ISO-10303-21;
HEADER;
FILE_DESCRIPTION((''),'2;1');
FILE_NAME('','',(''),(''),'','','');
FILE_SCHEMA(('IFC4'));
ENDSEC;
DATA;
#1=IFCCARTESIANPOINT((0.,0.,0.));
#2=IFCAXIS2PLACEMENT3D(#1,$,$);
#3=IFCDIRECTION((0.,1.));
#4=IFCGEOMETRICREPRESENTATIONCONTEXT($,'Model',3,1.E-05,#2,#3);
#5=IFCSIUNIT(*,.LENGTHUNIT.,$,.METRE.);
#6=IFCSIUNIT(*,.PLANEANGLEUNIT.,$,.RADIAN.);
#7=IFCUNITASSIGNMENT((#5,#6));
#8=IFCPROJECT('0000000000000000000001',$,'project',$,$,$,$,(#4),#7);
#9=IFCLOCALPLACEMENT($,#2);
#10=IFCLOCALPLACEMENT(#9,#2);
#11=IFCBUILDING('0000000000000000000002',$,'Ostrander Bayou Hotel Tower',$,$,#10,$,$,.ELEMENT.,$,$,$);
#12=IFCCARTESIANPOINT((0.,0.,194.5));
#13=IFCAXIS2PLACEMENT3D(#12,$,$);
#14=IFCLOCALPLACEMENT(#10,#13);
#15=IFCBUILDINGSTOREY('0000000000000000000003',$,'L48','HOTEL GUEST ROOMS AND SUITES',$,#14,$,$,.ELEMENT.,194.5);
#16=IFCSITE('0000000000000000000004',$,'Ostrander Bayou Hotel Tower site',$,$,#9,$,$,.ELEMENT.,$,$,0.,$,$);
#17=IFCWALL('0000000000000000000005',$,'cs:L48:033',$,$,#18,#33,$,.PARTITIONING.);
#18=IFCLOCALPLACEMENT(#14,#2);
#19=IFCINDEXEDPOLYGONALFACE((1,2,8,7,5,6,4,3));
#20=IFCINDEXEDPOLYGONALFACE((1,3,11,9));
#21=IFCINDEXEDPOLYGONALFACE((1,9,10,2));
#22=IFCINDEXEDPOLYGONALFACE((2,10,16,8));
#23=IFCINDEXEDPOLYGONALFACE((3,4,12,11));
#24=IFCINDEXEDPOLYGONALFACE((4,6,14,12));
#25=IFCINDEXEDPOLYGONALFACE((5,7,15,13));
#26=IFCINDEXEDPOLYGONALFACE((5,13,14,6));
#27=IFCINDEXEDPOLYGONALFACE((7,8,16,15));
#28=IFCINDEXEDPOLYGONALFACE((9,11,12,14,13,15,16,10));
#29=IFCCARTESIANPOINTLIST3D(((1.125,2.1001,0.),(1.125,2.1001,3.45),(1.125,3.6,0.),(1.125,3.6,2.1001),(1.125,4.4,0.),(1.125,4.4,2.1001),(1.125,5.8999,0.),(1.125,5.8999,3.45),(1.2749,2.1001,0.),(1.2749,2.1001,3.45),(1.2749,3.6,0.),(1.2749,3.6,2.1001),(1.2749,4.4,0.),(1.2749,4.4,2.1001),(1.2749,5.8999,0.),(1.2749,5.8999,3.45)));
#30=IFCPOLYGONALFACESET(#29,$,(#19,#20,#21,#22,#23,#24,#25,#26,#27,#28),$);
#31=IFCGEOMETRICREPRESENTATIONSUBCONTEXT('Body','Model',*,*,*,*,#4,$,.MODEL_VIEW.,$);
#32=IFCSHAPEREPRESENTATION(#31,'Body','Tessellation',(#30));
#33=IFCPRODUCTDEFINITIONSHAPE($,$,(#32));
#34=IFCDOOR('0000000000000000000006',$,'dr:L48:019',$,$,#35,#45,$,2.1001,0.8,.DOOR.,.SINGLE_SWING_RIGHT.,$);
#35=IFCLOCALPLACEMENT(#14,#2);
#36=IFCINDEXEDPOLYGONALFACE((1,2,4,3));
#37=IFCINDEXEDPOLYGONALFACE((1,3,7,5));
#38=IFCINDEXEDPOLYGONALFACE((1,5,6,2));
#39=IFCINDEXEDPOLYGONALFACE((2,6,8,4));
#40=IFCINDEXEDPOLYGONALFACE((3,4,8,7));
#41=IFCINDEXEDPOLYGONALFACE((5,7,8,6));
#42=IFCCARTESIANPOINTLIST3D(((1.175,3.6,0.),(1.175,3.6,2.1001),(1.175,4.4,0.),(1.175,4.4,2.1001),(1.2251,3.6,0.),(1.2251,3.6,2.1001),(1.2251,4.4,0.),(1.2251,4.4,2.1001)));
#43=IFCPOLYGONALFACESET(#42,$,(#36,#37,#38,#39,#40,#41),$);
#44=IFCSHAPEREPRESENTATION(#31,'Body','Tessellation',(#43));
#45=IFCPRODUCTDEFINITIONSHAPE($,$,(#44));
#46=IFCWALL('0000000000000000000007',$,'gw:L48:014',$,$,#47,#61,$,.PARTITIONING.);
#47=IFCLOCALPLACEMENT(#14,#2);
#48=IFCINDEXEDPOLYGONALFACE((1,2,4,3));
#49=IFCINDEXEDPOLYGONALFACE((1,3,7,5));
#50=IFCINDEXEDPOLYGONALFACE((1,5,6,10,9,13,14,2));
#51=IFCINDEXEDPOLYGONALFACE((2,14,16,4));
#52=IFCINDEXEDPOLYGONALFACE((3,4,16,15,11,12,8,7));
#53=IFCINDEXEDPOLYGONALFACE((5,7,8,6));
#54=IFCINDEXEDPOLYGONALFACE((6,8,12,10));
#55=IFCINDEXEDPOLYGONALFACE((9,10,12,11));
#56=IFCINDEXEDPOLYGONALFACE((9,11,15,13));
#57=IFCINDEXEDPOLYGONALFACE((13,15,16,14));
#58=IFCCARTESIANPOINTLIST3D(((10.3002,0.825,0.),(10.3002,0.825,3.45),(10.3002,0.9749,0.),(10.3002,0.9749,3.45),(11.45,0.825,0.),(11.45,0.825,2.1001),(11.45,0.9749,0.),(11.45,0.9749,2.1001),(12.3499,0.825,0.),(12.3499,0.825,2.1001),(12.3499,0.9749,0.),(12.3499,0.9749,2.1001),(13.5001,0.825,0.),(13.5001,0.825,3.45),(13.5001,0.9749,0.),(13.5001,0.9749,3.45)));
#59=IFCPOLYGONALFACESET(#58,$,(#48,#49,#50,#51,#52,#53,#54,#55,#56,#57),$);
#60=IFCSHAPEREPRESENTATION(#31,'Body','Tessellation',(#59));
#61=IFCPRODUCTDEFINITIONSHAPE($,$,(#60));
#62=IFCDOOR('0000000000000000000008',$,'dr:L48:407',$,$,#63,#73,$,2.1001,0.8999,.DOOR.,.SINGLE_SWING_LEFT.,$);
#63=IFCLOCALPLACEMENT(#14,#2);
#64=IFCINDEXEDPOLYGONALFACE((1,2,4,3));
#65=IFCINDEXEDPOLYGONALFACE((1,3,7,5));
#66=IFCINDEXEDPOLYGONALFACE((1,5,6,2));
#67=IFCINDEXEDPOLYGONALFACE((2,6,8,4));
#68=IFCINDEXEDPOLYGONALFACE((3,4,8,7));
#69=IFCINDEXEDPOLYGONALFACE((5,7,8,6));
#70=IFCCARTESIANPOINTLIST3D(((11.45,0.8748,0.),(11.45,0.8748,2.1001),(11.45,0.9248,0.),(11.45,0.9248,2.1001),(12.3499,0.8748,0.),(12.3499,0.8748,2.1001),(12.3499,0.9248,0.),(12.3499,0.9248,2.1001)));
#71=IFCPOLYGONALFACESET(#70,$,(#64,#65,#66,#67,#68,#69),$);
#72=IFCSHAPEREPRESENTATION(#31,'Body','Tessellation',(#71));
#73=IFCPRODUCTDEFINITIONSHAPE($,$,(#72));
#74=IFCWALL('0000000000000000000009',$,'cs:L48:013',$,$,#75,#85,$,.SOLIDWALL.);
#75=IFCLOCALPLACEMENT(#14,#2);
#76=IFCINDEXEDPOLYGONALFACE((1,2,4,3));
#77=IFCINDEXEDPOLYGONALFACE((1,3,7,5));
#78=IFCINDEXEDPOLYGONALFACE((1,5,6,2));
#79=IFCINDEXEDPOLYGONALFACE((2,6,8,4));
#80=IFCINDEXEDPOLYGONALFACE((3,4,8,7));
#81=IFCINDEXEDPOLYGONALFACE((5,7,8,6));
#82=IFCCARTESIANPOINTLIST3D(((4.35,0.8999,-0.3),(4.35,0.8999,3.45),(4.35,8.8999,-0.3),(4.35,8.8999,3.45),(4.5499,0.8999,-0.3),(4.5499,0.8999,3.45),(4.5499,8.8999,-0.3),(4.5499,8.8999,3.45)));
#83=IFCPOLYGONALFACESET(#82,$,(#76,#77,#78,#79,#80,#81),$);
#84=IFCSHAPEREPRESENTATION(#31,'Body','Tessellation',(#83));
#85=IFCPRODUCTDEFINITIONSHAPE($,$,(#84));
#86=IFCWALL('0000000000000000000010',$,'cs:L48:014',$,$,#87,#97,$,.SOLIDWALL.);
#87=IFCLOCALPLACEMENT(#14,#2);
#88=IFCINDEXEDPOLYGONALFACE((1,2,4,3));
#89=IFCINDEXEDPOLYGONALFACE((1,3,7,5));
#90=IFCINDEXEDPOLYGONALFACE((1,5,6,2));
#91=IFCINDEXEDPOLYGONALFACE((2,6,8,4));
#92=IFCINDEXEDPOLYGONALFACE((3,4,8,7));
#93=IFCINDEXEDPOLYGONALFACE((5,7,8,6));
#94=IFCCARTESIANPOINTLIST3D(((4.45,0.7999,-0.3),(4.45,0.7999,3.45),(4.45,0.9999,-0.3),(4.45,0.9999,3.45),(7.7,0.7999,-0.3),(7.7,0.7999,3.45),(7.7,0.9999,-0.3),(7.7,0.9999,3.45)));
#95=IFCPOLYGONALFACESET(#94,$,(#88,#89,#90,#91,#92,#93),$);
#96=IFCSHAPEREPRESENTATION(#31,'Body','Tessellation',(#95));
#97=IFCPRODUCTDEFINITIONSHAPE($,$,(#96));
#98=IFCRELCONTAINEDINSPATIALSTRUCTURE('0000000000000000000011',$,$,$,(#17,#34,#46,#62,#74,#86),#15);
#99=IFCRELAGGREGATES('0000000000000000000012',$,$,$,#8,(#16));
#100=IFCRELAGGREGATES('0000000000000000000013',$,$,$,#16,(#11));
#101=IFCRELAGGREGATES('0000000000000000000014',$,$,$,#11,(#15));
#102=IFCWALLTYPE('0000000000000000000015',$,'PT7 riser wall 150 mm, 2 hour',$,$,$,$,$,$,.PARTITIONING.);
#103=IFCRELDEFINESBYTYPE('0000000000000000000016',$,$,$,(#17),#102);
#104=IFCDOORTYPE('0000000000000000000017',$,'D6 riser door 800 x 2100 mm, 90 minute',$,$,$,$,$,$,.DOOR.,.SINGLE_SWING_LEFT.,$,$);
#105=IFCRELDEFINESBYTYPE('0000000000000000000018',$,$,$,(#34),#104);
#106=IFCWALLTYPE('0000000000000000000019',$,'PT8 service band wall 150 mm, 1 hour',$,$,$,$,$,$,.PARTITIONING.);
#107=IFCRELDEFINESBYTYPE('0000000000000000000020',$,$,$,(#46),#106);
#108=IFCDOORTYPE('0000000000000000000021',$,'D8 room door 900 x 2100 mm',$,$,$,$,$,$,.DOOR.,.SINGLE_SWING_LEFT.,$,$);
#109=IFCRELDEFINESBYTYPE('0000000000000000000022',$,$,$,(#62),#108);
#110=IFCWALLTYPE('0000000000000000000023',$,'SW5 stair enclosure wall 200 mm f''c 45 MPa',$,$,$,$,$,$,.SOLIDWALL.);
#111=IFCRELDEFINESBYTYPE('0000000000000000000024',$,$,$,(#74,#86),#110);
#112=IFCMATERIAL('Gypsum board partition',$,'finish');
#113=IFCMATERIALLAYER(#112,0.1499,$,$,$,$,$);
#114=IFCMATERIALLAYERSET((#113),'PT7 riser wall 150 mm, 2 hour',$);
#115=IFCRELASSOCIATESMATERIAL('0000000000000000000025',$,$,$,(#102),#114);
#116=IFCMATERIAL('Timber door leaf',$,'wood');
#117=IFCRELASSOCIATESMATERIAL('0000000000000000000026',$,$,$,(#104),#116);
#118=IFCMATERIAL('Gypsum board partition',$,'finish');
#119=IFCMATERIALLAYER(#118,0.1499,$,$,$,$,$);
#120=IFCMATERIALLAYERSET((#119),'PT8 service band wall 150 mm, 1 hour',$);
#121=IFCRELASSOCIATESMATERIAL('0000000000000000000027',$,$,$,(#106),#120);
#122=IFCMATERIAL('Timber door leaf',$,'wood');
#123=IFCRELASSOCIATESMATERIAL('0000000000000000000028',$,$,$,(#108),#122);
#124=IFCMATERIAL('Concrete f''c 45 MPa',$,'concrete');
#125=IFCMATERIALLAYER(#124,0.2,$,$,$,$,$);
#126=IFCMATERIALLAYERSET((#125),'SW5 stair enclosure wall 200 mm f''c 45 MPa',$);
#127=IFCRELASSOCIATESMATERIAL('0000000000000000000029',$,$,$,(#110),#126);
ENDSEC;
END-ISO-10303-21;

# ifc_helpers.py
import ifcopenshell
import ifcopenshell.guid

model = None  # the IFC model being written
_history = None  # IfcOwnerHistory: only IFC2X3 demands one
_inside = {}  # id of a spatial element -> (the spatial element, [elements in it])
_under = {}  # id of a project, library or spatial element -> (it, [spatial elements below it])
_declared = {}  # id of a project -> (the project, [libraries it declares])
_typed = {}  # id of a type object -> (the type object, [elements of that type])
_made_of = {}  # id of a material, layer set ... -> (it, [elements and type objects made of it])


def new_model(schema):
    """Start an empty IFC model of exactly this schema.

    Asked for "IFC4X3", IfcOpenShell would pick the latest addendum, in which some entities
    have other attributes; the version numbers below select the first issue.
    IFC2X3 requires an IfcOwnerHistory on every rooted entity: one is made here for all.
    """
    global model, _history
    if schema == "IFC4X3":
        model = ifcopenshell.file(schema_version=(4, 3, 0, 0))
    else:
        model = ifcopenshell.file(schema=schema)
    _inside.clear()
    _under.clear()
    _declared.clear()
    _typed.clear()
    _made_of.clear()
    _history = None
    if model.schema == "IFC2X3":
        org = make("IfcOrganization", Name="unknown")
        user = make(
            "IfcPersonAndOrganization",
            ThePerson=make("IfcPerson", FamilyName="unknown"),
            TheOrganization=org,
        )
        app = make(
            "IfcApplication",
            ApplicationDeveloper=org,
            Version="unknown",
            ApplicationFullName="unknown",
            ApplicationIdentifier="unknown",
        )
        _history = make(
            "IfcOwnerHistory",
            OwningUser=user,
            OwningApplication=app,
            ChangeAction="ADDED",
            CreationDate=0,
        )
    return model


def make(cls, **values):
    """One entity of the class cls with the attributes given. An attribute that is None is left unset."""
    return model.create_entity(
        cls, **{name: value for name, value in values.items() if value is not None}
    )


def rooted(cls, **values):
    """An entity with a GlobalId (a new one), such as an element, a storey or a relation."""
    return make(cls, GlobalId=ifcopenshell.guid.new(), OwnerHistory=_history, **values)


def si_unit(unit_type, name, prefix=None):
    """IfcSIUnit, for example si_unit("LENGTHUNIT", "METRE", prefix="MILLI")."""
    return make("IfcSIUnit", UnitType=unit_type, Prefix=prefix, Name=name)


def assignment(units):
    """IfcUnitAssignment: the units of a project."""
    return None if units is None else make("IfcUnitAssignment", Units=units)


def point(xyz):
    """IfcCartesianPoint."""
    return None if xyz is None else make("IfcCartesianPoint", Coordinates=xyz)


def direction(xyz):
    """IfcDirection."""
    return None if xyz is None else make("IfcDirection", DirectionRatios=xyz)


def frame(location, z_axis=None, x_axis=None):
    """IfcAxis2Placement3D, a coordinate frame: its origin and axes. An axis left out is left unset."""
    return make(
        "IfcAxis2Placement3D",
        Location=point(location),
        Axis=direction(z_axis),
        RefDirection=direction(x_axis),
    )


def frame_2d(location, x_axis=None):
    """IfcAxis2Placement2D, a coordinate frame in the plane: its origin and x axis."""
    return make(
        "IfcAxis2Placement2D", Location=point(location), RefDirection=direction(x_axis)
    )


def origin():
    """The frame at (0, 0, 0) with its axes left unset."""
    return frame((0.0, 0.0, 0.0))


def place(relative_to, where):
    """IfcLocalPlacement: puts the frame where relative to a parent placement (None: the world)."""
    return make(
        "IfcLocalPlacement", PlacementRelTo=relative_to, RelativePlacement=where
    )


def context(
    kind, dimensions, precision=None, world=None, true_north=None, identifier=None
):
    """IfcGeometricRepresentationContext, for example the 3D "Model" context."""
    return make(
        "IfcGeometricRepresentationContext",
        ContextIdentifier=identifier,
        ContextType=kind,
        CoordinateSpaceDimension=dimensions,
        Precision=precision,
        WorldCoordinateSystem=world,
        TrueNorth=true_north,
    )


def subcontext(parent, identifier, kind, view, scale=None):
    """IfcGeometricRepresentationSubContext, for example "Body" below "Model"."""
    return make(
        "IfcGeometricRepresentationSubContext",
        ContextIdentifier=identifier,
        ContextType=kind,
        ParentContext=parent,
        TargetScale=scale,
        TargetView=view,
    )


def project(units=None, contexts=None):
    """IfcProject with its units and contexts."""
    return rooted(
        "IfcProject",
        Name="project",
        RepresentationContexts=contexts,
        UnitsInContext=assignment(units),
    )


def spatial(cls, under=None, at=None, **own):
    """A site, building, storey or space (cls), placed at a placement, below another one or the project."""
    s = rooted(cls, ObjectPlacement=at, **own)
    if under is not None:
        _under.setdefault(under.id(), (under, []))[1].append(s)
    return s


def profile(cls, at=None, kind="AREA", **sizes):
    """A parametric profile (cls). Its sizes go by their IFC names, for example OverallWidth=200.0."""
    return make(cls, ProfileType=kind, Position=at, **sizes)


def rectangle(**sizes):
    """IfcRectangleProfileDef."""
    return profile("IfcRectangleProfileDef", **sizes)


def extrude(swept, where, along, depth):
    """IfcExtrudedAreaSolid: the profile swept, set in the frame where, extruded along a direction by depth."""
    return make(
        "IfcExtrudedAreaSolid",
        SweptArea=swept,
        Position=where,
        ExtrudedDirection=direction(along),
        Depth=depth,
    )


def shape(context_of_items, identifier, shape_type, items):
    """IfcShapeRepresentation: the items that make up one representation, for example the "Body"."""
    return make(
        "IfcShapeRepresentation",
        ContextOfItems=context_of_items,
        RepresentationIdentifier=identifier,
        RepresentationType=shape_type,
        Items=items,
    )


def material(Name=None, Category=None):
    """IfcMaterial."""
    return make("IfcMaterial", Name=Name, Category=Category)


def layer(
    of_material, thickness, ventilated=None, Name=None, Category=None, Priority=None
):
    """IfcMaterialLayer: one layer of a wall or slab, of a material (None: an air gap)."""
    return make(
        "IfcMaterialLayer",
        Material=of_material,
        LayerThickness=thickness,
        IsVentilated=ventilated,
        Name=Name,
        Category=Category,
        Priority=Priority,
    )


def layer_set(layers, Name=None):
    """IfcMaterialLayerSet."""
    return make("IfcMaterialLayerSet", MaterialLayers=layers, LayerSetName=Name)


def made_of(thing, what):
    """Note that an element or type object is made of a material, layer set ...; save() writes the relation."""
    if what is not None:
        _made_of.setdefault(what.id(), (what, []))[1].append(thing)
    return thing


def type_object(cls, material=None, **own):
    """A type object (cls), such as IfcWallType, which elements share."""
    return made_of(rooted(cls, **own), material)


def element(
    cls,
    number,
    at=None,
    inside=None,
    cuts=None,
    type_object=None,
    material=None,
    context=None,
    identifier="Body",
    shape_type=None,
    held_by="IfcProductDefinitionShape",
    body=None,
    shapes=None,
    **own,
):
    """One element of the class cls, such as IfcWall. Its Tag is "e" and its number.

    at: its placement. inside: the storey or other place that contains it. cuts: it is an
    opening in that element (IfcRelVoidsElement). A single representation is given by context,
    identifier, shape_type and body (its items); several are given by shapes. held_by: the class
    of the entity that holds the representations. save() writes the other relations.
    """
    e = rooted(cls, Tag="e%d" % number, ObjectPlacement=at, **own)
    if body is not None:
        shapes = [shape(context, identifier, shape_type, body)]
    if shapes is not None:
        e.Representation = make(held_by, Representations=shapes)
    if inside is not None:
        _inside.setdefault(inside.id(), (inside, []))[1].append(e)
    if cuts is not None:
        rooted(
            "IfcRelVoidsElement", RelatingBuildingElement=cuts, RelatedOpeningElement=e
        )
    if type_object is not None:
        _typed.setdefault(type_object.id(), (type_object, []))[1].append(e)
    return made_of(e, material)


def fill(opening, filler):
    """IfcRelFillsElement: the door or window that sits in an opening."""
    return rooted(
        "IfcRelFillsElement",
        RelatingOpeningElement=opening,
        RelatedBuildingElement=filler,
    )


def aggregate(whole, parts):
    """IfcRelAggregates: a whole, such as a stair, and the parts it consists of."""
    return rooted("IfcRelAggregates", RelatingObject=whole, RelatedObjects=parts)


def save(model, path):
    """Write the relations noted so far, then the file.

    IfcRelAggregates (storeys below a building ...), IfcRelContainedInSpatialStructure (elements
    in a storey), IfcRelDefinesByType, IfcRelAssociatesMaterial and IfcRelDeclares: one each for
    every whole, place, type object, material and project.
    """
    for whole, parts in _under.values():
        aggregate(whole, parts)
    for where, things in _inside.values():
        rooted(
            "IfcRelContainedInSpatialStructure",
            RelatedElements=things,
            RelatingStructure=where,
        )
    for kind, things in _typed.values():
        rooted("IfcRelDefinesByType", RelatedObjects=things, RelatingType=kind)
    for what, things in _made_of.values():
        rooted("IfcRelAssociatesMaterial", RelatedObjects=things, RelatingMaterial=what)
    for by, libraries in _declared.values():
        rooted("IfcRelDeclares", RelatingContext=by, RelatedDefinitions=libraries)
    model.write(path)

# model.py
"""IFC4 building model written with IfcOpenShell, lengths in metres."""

from ifc_helpers import new_model, si_unit, direction, frame, frame_2d, origin, place, context, subcontext, project, spatial, rectangle, extrude, material, layer, layer_set, type_object, element, fill, save


model = new_model("IFC4")

# Units and contexts
model_context = context("Model", 3, precision=1e-05, world=origin(), true_north=direction((0.0, 1.0)))
body_context = subcontext(model_context, "Body", "Model", "MODEL_VIEW")
ifc_project = project(units=[si_unit("LENGTHUNIT", "METRE"), si_unit("PLANEANGLEUNIT", "RADIAN")], contexts=[model_context])

# Site, building, storey
site_placement = place(None, origin())
site = spatial("IfcSite", under=ifc_project, at=site_placement, Name="Ostrander Bayou Hotel Tower site", CompositionType="ELEMENT", RefElevation=0.0)
building_placement = place(site_placement, origin())
building = spatial("IfcBuilding", under=site, at=building_placement, Name="Ostrander Bayou Hotel Tower", CompositionType="ELEMENT")
storey_placement = place(building_placement, frame((0.0, 0.0, 194.5)))
storey = spatial("IfcBuildingStorey", under=building, at=storey_placement, Name="L48", Description="HOTEL GUEST ROOMS AND SUITES", CompositionType="ELEMENT", Elevation=194.5)

# Shared definitions
ifc_material_1 = material(Name="Gypsum board partition", Category="finish")
ifc_layer_1 = layer(ifc_material_1, 0.1499)
ifc_layer_set_1 = layer_set([ifc_layer_1], Name="PT7 riser wall 150 mm, 2 hour")
wall_type_1 = type_object("IfcWallType", Name="PT7 riser wall 150 mm, 2 hour", PredefinedType="PARTITIONING", material=ifc_layer_set_1)

# Walls, openings, doors
wall_1_placement = place(storey_placement, frame((1.2, 2.1001, 0.0), z_axis=(0.0, 0.0, 1.0), x_axis=(0.0, 1.0, 0.0)))
wall_1 = element("IfcWall", 1, at=wall_1_placement, inside=storey, type_object=wall_type_1, Name="cs:L48:033", PredefinedType="PARTITIONING", context=body_context, shape_type="SweptSolid", body=[
    extrude(rectangle(XDim=3.7998, YDim=0.1499, at=frame_2d((1.8999, 0.0))), origin(), (0.0, 0.0, 1.0), 3.45),
])
opening_1_placement = place(wall_1_placement, frame((1.5, 0.0, 0.0)))
opening_1 = element("IfcOpeningElement", 2, at=opening_1_placement, cuts=wall_1, PredefinedType="OPENING", context=body_context, shape_type="SweptSolid", body=[
    extrude(rectangle(XDim=0.8, YDim=2.1001, at=frame_2d((0.3999, 1.05))), frame((0.0, 0.075, 0.0), z_axis=(0.0, -1.0, 0.0), x_axis=(1.0, 0.0, 0.0)), (0.0, 0.0, 1.0), 0.1499),
])
ifc_material_2 = material(Name="Timber door leaf", Category="wood")
door_type_1 = type_object("IfcDoorType", Name="D6 riser door 800 x 2100 mm, 90 minute", OperationType="SINGLE_SWING_LEFT", PredefinedType="DOOR", material=ifc_material_2)
door_1_placement = place(opening_1_placement, origin())
door_1 = element("IfcDoor", 3, at=door_1_placement, inside=storey, type_object=door_type_1, Name="dr:L48:019", OperationType="SINGLE_SWING_RIGHT", OverallHeight=2.1001, OverallWidth=0.8, PredefinedType="DOOR", context=body_context, shape_type="SweptSolid", body=[
    extrude(rectangle(XDim=0.8, YDim=2.1001, at=frame_2d((0.3999, 1.05))), frame((0.0, 0.0249, 0.0), z_axis=(0.0, -1.0, 0.0), x_axis=(1.0, 0.0, 0.0)), (0.0, 0.0, 1.0), 0.05),
])
fill(opening_1, door_1)
ifc_material_3 = material(Name="Gypsum board partition", Category="finish")
ifc_layer_2 = layer(ifc_material_3, 0.1499)
ifc_layer_set_2 = layer_set([ifc_layer_2], Name="PT8 service band wall 150 mm, 1 hour")
wall_type_2 = type_object("IfcWallType", Name="PT8 service band wall 150 mm, 1 hour", PredefinedType="PARTITIONING", material=ifc_layer_set_2)
wall_2_placement = place(storey_placement, frame((10.3, 0.8999, 0.0), z_axis=(0.0, 0.0, 1.0), x_axis=(1.0, 0.0, 0.0)))
wall_2 = element("IfcWall", 4, at=wall_2_placement, inside=storey, type_object=wall_type_2, Name="gw:L48:014", PredefinedType="PARTITIONING", context=body_context, shape_type="SweptSolid", body=[
    extrude(rectangle(XDim=3.2, YDim=0.1499, at=frame_2d((1.6001, 0.0))), origin(), (0.0, 0.0, 1.0), 3.45),
])
opening_2_placement = place(wall_2_placement, frame((1.1499, 0.0, 0.0)))
opening_2 = element("IfcOpeningElement", 5, at=opening_2_placement, cuts=wall_2, PredefinedType="OPENING", context=body_context, shape_type="SweptSolid", body=[
    extrude(rectangle(XDim=0.8999, YDim=2.1001, at=frame_2d((0.45, 1.05))), frame((0.0, 0.075, 0.0), z_axis=(0.0, -1.0, 0.0), x_axis=(1.0, 0.0, 0.0)), (0.0, 0.0, 1.0), 0.1499),
])
ifc_material_4 = material(Name="Timber door leaf", Category="wood")
door_type_2 = type_object("IfcDoorType", Name="D8 room door 900 x 2100 mm", OperationType="SINGLE_SWING_LEFT", PredefinedType="DOOR", material=ifc_material_4)
door_2_placement = place(opening_2_placement, origin())
door_2 = element("IfcDoor", 6, at=door_2_placement, inside=storey, type_object=door_type_2, Name="dr:L48:407", OperationType="SINGLE_SWING_LEFT", OverallHeight=2.1001, OverallWidth=0.8999, PredefinedType="DOOR", context=body_context, shape_type="SweptSolid", body=[
    extrude(rectangle(XDim=0.8999, YDim=2.1001, at=frame_2d((0.45, 1.05))), frame((0.0, 0.0249, 0.0), z_axis=(0.0, -1.0, 0.0), x_axis=(1.0, 0.0, 0.0)), (0.0, 0.0, 1.0), 0.05),
])
fill(opening_2, door_2)

# Walls
ifc_material_5 = material(Name="Concrete f'c 45 MPa", Category="concrete")
ifc_layer_3 = layer(ifc_material_5, 0.2)
ifc_layer_set_3 = layer_set([ifc_layer_3], Name="SW5 stair enclosure wall 200 mm f'c 45 MPa")
wall_type_3 = type_object("IfcWallType", Name="SW5 stair enclosure wall 200 mm f'c 45 MPa", PredefinedType="SOLIDWALL", material=ifc_layer_set_3)
wall_3_placement = place(storey_placement, frame((4.45, 0.8999, -0.3), z_axis=(0.0, 0.0, 1.0), x_axis=(0.0, 1.0, 0.0)))
element("IfcWall", 7, at=wall_3_placement, inside=storey, type_object=wall_type_3, Name="cs:L48:013", PredefinedType="SOLIDWALL", context=body_context, shape_type="SweptSolid", body=[
    extrude(rectangle(XDim=8.0, YDim=0.2, at=frame_2d((4.0, 0.0))), origin(), (0.0, 0.0, 1.0), 3.75),
])
wall_4_placement = place(storey_placement, frame((4.45, 0.8999, -0.3), z_axis=(0.0, 0.0, 1.0), x_axis=(1.0, 0.0, 0.0)))
element("IfcWall", 8, at=wall_4_placement, inside=storey, type_object=wall_type_3, Name="cs:L48:014", PredefinedType="SOLIDWALL", context=body_context, shape_type="SweptSolid", body=[
    extrude(rectangle(XDim=3.25, YDim=0.2, at=frame_2d((1.625, 0.0))), origin(), (0.0, 0.0, 1.0), 3.75),
])

save(model, "model.ifc")
